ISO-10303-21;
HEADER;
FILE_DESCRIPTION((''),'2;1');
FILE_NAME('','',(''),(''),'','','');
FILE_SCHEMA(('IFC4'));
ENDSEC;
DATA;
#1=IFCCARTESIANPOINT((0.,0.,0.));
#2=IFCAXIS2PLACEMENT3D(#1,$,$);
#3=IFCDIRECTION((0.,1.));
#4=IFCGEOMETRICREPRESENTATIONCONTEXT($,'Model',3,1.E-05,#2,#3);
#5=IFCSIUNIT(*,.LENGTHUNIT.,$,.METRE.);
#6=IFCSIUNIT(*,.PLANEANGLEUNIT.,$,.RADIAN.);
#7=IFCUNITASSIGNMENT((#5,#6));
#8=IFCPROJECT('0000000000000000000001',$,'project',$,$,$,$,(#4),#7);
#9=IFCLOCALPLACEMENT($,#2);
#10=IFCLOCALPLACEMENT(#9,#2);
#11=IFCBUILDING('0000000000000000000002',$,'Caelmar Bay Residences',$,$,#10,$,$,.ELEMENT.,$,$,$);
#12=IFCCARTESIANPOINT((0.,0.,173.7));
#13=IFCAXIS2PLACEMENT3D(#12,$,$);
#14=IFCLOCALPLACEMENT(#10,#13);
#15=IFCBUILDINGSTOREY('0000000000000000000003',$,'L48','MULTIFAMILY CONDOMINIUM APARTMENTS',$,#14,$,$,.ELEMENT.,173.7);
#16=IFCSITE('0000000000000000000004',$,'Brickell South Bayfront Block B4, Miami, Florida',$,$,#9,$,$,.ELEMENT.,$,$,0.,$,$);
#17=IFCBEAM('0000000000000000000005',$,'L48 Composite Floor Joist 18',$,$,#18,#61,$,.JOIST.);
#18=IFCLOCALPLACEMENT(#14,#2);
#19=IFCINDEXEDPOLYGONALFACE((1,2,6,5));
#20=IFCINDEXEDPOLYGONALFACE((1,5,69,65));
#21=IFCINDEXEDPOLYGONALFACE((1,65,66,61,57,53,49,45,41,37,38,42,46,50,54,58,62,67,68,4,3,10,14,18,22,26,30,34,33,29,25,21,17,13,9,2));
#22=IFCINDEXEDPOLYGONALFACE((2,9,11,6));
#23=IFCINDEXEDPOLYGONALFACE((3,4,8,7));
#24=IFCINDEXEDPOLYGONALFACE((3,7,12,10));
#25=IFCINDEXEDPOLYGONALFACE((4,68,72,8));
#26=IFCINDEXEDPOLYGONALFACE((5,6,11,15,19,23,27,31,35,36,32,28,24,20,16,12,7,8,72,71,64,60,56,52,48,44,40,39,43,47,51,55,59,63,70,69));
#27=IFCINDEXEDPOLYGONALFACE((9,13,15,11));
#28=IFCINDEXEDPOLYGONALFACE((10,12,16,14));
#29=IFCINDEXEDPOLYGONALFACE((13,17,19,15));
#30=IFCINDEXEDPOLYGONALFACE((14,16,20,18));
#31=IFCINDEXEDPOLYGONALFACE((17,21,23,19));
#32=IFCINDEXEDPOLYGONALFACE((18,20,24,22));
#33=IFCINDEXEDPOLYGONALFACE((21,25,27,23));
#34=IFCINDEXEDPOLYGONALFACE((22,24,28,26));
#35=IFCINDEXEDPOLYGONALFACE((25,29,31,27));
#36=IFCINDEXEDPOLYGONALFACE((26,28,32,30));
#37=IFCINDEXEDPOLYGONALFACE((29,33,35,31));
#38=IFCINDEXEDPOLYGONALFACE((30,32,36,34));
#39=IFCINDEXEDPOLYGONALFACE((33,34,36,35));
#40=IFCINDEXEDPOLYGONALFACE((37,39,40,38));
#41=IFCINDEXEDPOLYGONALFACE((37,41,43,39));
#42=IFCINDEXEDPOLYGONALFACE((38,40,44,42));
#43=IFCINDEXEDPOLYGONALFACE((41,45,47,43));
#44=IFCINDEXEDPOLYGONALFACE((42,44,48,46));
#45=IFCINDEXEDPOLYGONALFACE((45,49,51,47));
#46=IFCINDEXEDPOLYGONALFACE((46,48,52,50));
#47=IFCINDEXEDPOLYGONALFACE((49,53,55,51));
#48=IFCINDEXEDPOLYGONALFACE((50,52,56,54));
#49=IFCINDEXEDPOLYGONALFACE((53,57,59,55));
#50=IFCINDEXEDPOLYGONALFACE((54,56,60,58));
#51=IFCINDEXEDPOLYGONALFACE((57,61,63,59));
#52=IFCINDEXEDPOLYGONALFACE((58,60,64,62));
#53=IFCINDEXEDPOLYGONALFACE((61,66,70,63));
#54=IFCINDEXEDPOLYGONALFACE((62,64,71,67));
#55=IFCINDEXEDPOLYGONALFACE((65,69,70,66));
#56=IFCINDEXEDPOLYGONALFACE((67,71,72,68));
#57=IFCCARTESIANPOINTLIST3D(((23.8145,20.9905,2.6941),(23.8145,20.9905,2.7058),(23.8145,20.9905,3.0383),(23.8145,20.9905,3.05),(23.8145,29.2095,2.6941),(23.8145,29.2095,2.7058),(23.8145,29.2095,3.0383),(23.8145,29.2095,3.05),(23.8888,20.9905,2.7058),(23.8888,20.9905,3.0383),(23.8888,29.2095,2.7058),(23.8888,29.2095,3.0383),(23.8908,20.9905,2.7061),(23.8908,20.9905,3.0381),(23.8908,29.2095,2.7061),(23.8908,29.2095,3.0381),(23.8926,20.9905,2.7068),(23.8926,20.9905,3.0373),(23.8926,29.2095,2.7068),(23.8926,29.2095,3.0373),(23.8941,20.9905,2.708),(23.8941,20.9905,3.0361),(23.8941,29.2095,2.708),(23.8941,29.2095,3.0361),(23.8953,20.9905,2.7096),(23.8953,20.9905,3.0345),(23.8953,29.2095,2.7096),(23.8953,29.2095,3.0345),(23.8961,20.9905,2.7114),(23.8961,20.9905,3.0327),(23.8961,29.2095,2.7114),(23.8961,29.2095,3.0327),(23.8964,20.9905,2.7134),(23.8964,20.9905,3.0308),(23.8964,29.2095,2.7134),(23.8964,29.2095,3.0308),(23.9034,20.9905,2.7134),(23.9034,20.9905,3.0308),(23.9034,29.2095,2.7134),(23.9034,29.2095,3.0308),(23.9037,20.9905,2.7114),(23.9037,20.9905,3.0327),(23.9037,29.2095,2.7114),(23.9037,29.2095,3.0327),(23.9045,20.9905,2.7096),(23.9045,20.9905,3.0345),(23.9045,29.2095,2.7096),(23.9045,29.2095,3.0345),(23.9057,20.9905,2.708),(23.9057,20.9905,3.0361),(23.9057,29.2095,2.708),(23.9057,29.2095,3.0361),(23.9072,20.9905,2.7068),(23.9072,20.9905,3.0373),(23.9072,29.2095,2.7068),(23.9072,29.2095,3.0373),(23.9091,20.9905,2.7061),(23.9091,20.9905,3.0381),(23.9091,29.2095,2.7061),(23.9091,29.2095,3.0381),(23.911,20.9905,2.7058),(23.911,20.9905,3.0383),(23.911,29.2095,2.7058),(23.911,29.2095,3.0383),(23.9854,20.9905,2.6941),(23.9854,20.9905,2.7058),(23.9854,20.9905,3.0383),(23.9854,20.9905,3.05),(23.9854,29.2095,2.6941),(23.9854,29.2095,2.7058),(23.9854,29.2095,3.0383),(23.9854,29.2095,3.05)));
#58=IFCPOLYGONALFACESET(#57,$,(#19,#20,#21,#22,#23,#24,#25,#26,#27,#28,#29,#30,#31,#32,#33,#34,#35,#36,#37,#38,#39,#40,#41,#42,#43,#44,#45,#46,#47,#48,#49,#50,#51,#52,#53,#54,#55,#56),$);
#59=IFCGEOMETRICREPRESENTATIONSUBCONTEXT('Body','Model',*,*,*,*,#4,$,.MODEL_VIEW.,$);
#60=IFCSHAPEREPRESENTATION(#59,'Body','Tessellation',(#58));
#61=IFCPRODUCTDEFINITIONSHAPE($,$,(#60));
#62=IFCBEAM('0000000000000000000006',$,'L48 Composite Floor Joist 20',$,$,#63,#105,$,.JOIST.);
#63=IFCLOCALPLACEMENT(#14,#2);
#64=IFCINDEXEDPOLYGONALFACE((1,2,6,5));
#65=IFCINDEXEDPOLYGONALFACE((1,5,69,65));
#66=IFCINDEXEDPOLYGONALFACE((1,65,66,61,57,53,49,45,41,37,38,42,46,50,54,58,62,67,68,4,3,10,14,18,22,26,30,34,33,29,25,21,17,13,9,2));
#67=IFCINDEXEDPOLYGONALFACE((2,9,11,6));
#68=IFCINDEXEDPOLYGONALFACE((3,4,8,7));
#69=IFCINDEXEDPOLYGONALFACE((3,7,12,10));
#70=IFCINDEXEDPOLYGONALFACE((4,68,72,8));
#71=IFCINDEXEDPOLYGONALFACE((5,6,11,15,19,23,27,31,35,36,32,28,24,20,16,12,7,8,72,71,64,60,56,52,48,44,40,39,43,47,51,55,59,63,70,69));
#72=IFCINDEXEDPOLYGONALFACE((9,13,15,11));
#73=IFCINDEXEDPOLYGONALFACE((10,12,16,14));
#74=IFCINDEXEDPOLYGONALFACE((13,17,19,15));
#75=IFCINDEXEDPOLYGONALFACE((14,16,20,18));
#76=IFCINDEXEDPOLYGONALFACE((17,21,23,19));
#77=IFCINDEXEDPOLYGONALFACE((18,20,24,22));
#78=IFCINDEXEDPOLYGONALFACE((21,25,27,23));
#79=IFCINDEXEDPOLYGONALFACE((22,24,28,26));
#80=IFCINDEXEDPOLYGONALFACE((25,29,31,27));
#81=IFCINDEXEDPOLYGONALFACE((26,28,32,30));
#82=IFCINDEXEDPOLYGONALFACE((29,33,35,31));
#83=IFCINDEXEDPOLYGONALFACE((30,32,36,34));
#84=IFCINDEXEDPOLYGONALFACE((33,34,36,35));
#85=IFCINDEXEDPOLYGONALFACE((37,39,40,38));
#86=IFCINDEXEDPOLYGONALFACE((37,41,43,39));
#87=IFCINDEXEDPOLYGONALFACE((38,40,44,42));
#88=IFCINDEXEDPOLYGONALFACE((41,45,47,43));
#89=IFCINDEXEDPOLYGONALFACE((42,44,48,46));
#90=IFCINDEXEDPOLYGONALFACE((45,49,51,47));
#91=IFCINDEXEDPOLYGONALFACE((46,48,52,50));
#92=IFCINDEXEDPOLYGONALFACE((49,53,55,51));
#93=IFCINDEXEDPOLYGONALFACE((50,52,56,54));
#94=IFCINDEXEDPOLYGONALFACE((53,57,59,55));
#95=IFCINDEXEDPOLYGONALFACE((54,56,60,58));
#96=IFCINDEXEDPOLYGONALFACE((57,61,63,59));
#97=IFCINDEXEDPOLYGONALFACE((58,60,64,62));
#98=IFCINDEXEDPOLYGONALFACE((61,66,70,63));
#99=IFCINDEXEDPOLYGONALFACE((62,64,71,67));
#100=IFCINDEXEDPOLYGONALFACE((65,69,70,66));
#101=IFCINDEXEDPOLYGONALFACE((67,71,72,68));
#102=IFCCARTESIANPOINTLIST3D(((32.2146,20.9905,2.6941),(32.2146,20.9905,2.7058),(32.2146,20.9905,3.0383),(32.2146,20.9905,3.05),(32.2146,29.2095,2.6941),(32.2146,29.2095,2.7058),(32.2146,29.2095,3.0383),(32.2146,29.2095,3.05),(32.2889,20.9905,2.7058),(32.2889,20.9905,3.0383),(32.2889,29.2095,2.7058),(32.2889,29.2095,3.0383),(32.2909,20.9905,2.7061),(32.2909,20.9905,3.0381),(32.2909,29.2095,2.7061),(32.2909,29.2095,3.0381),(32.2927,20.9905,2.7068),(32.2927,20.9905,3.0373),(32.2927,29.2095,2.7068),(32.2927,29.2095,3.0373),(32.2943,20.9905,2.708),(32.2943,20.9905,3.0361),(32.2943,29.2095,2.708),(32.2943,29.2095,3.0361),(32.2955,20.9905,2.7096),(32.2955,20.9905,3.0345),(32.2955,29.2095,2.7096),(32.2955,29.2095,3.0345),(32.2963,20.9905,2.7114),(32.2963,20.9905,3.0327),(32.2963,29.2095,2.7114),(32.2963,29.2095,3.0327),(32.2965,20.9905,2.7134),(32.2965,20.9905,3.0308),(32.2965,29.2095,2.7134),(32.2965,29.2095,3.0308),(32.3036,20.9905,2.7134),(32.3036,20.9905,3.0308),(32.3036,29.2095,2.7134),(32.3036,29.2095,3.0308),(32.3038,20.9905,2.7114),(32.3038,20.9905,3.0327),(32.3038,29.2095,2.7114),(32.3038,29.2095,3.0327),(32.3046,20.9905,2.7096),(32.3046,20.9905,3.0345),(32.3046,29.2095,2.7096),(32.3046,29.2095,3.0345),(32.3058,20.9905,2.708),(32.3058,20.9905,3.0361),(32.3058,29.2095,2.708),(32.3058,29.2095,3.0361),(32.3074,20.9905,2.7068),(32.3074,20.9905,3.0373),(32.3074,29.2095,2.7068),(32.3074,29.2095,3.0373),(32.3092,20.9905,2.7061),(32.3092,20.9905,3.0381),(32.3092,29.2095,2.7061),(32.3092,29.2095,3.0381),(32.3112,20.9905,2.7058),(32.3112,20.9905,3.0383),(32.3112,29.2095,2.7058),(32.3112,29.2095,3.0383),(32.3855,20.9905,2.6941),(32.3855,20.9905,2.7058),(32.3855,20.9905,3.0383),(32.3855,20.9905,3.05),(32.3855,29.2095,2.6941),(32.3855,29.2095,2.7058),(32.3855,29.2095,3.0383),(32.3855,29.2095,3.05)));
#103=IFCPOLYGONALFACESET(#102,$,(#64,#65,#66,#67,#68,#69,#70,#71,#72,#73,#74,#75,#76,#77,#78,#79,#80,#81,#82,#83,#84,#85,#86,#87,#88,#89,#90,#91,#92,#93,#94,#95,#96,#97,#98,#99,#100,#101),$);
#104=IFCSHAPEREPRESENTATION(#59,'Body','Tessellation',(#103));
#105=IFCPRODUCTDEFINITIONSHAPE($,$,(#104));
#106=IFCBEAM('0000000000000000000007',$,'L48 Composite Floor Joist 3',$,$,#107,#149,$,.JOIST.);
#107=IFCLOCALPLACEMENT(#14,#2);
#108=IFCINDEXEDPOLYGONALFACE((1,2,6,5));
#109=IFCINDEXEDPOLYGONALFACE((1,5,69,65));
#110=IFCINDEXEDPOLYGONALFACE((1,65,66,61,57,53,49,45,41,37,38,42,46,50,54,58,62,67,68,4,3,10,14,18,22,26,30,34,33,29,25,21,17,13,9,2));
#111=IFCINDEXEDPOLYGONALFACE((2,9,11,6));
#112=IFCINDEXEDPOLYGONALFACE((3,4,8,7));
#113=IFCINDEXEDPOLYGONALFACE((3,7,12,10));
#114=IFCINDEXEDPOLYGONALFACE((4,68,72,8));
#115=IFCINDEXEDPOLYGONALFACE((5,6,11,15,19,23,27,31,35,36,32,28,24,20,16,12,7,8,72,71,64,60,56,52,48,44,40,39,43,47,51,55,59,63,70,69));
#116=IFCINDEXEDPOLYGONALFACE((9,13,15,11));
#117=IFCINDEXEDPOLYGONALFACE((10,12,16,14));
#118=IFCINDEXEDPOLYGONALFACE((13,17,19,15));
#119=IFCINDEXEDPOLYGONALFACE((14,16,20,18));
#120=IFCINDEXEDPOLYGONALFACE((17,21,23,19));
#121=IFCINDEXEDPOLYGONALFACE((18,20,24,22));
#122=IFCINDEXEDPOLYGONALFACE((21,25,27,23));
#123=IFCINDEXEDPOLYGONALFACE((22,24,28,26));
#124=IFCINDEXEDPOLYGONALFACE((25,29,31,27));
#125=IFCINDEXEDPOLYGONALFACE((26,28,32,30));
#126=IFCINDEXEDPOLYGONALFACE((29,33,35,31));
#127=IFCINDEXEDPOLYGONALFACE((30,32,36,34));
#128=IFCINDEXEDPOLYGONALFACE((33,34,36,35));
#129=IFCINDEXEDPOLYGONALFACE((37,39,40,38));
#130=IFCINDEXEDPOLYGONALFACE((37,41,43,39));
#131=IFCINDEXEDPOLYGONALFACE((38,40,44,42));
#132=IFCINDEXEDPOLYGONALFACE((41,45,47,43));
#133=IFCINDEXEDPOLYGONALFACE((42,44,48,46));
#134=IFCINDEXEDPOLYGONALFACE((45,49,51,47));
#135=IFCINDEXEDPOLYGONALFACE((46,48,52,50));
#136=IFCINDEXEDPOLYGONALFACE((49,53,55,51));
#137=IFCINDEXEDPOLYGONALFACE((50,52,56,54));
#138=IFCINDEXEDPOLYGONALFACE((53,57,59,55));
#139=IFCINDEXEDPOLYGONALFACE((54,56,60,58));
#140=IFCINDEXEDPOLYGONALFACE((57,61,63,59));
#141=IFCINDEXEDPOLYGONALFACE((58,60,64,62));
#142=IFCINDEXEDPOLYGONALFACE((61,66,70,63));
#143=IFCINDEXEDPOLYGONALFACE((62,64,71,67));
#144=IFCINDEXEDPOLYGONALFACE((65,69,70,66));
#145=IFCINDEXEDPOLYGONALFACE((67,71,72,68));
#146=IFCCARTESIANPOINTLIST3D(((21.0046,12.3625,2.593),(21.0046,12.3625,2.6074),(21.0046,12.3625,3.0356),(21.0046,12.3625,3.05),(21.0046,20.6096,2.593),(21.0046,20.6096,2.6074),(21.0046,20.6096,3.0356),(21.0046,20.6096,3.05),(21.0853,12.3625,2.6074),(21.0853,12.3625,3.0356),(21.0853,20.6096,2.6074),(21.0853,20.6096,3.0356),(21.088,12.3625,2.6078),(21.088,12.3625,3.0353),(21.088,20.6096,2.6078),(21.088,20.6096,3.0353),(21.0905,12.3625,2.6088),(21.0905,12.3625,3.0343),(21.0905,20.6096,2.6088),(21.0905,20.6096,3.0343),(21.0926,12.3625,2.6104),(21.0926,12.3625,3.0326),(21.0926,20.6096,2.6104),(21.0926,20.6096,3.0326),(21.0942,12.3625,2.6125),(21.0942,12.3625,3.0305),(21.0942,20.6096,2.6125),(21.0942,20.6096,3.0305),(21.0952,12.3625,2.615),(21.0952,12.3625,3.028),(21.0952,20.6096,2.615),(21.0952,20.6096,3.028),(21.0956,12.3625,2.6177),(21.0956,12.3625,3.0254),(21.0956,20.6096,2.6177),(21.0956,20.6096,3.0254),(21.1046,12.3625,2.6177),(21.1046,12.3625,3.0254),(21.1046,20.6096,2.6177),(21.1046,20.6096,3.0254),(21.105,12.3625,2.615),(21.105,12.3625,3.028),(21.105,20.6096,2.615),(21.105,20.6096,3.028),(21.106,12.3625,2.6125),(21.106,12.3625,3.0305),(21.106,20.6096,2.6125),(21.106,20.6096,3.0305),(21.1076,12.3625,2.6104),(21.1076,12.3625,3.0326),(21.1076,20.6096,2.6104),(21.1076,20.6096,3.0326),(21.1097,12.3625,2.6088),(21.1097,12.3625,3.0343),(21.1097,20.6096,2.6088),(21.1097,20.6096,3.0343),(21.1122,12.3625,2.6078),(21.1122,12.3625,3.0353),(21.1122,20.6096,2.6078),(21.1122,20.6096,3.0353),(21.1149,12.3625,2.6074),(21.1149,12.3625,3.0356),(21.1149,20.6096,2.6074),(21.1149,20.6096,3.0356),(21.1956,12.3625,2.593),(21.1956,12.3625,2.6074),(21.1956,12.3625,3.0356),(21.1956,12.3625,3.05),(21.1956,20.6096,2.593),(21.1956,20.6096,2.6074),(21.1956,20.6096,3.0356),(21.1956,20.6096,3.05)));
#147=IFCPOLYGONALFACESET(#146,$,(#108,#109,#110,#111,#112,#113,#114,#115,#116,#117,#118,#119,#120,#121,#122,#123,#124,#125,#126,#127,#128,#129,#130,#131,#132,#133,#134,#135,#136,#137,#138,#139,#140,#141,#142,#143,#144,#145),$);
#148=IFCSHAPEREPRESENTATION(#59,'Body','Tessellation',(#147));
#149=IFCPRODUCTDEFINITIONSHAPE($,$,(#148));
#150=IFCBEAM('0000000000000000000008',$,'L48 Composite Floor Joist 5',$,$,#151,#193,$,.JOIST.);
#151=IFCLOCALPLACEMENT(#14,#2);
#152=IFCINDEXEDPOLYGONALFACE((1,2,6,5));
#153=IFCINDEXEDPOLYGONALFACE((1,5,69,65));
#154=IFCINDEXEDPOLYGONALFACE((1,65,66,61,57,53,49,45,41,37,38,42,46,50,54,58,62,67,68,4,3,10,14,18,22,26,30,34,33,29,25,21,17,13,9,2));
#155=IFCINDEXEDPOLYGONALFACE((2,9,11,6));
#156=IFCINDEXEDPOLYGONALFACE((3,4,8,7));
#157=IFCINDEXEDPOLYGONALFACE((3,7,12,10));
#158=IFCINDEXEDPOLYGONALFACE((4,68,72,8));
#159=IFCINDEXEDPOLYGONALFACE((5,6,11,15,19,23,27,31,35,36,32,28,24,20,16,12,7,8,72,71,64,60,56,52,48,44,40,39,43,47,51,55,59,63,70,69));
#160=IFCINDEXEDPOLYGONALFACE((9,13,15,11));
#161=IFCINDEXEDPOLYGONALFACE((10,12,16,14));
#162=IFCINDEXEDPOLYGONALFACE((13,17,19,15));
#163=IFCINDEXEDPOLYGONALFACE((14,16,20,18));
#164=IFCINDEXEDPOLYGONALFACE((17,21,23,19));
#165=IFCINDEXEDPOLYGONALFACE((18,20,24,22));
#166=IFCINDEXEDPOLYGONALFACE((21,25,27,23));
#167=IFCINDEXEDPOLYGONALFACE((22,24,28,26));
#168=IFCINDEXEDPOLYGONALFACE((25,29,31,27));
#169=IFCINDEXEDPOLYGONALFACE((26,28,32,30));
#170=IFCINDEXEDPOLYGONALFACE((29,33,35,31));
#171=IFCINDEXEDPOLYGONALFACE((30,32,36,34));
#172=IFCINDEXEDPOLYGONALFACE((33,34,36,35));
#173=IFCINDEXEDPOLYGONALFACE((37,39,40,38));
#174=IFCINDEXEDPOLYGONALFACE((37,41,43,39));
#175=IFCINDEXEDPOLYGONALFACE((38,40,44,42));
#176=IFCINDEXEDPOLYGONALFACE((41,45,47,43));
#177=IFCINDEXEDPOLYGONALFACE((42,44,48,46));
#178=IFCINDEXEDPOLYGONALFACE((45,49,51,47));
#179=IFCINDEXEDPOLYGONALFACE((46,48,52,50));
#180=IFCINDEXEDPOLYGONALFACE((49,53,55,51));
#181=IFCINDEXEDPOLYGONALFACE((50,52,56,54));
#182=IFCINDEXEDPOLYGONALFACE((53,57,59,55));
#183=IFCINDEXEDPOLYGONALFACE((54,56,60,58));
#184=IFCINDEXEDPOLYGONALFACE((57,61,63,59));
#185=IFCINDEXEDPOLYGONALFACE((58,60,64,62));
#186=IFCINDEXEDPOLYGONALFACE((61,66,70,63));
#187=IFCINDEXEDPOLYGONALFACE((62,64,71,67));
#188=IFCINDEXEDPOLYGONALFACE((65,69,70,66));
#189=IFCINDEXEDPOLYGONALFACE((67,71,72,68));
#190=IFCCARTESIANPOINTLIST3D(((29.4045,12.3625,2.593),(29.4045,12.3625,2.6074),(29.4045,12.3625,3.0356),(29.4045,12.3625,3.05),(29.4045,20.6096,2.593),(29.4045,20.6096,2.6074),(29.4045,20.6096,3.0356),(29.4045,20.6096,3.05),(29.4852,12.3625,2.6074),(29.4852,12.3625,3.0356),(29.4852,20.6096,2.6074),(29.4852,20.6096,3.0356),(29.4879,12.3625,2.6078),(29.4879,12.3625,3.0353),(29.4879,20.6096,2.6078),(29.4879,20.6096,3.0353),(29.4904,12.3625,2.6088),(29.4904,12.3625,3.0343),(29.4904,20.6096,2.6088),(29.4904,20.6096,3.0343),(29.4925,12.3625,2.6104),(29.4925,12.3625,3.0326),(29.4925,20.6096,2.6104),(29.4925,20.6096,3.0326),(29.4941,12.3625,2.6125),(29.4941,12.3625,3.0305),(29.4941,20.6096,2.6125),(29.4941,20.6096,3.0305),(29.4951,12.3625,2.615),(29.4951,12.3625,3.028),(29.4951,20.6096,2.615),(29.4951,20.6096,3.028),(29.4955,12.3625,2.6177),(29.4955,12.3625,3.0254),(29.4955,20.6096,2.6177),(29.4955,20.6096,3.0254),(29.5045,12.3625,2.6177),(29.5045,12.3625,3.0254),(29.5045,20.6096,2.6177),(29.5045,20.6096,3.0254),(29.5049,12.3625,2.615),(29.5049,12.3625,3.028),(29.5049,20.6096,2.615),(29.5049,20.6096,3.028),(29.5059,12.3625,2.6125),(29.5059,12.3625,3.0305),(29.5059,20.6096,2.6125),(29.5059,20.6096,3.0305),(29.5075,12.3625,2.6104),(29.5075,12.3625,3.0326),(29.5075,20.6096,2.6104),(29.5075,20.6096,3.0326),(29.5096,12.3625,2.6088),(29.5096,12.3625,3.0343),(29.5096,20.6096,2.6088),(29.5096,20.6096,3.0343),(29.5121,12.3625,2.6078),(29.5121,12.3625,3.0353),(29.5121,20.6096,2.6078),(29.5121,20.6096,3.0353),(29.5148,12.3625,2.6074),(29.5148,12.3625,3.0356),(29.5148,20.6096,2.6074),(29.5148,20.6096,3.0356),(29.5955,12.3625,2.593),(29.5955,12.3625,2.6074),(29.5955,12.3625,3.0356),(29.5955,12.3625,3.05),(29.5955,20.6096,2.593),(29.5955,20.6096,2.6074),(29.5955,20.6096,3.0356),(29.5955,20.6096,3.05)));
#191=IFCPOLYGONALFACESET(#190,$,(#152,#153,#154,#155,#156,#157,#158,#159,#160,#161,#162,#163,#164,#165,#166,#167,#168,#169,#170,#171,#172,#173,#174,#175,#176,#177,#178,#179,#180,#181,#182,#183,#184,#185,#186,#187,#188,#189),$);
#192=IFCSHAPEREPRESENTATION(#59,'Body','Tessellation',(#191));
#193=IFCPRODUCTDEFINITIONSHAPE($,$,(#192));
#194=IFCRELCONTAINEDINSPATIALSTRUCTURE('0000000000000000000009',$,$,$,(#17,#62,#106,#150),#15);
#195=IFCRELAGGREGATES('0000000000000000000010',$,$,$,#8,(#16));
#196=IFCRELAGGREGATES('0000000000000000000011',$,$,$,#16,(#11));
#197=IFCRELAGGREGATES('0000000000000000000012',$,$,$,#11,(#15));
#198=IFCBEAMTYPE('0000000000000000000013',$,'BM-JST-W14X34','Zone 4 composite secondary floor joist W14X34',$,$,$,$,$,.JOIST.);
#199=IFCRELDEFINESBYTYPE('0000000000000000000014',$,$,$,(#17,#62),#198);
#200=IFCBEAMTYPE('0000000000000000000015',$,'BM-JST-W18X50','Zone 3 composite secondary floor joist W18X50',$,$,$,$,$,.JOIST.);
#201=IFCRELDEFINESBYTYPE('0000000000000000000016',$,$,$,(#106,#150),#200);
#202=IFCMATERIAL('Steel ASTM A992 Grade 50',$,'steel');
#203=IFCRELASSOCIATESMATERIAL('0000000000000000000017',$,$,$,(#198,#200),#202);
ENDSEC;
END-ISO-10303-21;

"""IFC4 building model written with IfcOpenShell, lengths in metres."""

from ifc_helpers import new_model, si_unit, direction, frame, origin, origin_2d, place, context, subcontext, project, spatial, i_section, extrude, material, material_profile, profile_set, type_object, element, save


model = new_model("IFC4")

# Units and contexts
model_context = context("Model", 3, precision=1e-05, world=origin(), true_north=direction((0.0, 1.0)))
body_context = subcontext(model_context, "Body", "Model", "MODEL_VIEW")
ifc_project = project(units=[si_unit("LENGTHUNIT", "METRE"), si_unit("PLANEANGLEUNIT", "RADIAN")], contexts=[model_context])

# Site, building, storey
site_placement = place(None, origin())
site = spatial("IfcSite", under=ifc_project, at=site_placement, Name="Brickell South Bayfront Block B4, Miami, Florida", CompositionType="ELEMENT", RefElevation=0.0)
building_placement = place(site_placement, origin())
building = spatial("IfcBuilding", under=site, at=building_placement, Name="Caelmar Bay Residences", CompositionType="ELEMENT")
storey_placement = place(building_placement, frame((0.0, 0.0, 173.7)))
storey = spatial("IfcBuildingStorey", under=building, at=storey_placement, Name="L48", Description="MULTIFAMILY CONDOMINIUM APARTMENTS", CompositionType="ELEMENT", Elevation=173.7)

# Beams
ifc_material_1 = material(Name="Steel ASTM A992 Grade 50", Category="steel")
ifc_material_profile_1 = material_profile(ifc_material_1, i_section(OverallWidth=0.1709, OverallDepth=0.356, WebThickness=0.0071, FlangeThickness=0.0117, FilletRadius=0.0076, at=origin_2d()), Name="W14X34")
ifc_profile_set_1 = profile_set([ifc_material_profile_1], Name="Steel ASTM A992 Grade 50")
beam_type_1 = type_object("IfcBeamType", Name="BM-JST-W14X34", Description="Zone 4 composite secondary floor joist W14X34", PredefinedType="JOIST", material=ifc_profile_set_1)
for number, where, z_axis, x_axis, name in (
    (1, (23.8999, 20.9905, 2.8721), (0.0, 1.0, 0.0), (-1.0, 0.0, 0.0), "L48 Composite Floor Joist 18"),
    (2, (32.3, 20.9905, 2.8721), (0.0, 1.0, 0.0), (-1.0, 0.0, 0.0), "L48 Composite Floor Joist 20"),
):
    element("IfcBeam", number, at=place(storey_placement, frame(where, z_axis=z_axis, x_axis=x_axis)), inside=storey, type_object=beam_type_1, Name=name, PredefinedType="JOIST", context=body_context, shape_type="SweptSolid", body=[
        extrude(i_section(OverallWidth=0.1709, OverallDepth=0.356, WebThickness=0.0071, FlangeThickness=0.0117, FilletRadius=0.0076, at=origin_2d()), origin(), (0.0, 0.0, 1.0), 8.219),
    ])
ifc_material_profile_2 = material_profile(ifc_material_1, i_section(OverallWidth=0.1909, OverallDepth=0.457, WebThickness=0.009, FlangeThickness=0.0144, FilletRadius=0.0103, at=origin_2d()), Name="W18X50")
ifc_profile_set_2 = profile_set([ifc_material_profile_2], Name="Steel ASTM A992 Grade 50")
beam_type_2 = type_object("IfcBeamType", Name="BM-JST-W18X50", Description="Zone 3 composite secondary floor joist W18X50", PredefinedType="JOIST", material=ifc_profile_set_2)
for number, where, z_axis, x_axis, name in (
    (3, (21.1001, 12.3625, 2.8215), (0.0, 1.0, 0.0), (-1.0, 0.0, 0.0), "L48 Composite Floor Joist 3"),
    (4, (29.5, 12.3625, 2.8215), (0.0, 1.0, 0.0), (-1.0, 0.0, 0.0), "L48 Composite Floor Joist 5"),
):
    element("IfcBeam", number, at=place(storey_placement, frame(where, z_axis=z_axis, x_axis=x_axis)), inside=storey, type_object=beam_type_2, Name=name, PredefinedType="JOIST", context=body_context, shape_type="SweptSolid", body=[
        extrude(i_section(OverallWidth=0.1909, OverallDepth=0.457, WebThickness=0.009, FlangeThickness=0.0144, FilletRadius=0.0103, at=origin_2d()), origin(), (0.0, 0.0, 1.0), 8.2471),
    ])

save(model, "model.ifc")
